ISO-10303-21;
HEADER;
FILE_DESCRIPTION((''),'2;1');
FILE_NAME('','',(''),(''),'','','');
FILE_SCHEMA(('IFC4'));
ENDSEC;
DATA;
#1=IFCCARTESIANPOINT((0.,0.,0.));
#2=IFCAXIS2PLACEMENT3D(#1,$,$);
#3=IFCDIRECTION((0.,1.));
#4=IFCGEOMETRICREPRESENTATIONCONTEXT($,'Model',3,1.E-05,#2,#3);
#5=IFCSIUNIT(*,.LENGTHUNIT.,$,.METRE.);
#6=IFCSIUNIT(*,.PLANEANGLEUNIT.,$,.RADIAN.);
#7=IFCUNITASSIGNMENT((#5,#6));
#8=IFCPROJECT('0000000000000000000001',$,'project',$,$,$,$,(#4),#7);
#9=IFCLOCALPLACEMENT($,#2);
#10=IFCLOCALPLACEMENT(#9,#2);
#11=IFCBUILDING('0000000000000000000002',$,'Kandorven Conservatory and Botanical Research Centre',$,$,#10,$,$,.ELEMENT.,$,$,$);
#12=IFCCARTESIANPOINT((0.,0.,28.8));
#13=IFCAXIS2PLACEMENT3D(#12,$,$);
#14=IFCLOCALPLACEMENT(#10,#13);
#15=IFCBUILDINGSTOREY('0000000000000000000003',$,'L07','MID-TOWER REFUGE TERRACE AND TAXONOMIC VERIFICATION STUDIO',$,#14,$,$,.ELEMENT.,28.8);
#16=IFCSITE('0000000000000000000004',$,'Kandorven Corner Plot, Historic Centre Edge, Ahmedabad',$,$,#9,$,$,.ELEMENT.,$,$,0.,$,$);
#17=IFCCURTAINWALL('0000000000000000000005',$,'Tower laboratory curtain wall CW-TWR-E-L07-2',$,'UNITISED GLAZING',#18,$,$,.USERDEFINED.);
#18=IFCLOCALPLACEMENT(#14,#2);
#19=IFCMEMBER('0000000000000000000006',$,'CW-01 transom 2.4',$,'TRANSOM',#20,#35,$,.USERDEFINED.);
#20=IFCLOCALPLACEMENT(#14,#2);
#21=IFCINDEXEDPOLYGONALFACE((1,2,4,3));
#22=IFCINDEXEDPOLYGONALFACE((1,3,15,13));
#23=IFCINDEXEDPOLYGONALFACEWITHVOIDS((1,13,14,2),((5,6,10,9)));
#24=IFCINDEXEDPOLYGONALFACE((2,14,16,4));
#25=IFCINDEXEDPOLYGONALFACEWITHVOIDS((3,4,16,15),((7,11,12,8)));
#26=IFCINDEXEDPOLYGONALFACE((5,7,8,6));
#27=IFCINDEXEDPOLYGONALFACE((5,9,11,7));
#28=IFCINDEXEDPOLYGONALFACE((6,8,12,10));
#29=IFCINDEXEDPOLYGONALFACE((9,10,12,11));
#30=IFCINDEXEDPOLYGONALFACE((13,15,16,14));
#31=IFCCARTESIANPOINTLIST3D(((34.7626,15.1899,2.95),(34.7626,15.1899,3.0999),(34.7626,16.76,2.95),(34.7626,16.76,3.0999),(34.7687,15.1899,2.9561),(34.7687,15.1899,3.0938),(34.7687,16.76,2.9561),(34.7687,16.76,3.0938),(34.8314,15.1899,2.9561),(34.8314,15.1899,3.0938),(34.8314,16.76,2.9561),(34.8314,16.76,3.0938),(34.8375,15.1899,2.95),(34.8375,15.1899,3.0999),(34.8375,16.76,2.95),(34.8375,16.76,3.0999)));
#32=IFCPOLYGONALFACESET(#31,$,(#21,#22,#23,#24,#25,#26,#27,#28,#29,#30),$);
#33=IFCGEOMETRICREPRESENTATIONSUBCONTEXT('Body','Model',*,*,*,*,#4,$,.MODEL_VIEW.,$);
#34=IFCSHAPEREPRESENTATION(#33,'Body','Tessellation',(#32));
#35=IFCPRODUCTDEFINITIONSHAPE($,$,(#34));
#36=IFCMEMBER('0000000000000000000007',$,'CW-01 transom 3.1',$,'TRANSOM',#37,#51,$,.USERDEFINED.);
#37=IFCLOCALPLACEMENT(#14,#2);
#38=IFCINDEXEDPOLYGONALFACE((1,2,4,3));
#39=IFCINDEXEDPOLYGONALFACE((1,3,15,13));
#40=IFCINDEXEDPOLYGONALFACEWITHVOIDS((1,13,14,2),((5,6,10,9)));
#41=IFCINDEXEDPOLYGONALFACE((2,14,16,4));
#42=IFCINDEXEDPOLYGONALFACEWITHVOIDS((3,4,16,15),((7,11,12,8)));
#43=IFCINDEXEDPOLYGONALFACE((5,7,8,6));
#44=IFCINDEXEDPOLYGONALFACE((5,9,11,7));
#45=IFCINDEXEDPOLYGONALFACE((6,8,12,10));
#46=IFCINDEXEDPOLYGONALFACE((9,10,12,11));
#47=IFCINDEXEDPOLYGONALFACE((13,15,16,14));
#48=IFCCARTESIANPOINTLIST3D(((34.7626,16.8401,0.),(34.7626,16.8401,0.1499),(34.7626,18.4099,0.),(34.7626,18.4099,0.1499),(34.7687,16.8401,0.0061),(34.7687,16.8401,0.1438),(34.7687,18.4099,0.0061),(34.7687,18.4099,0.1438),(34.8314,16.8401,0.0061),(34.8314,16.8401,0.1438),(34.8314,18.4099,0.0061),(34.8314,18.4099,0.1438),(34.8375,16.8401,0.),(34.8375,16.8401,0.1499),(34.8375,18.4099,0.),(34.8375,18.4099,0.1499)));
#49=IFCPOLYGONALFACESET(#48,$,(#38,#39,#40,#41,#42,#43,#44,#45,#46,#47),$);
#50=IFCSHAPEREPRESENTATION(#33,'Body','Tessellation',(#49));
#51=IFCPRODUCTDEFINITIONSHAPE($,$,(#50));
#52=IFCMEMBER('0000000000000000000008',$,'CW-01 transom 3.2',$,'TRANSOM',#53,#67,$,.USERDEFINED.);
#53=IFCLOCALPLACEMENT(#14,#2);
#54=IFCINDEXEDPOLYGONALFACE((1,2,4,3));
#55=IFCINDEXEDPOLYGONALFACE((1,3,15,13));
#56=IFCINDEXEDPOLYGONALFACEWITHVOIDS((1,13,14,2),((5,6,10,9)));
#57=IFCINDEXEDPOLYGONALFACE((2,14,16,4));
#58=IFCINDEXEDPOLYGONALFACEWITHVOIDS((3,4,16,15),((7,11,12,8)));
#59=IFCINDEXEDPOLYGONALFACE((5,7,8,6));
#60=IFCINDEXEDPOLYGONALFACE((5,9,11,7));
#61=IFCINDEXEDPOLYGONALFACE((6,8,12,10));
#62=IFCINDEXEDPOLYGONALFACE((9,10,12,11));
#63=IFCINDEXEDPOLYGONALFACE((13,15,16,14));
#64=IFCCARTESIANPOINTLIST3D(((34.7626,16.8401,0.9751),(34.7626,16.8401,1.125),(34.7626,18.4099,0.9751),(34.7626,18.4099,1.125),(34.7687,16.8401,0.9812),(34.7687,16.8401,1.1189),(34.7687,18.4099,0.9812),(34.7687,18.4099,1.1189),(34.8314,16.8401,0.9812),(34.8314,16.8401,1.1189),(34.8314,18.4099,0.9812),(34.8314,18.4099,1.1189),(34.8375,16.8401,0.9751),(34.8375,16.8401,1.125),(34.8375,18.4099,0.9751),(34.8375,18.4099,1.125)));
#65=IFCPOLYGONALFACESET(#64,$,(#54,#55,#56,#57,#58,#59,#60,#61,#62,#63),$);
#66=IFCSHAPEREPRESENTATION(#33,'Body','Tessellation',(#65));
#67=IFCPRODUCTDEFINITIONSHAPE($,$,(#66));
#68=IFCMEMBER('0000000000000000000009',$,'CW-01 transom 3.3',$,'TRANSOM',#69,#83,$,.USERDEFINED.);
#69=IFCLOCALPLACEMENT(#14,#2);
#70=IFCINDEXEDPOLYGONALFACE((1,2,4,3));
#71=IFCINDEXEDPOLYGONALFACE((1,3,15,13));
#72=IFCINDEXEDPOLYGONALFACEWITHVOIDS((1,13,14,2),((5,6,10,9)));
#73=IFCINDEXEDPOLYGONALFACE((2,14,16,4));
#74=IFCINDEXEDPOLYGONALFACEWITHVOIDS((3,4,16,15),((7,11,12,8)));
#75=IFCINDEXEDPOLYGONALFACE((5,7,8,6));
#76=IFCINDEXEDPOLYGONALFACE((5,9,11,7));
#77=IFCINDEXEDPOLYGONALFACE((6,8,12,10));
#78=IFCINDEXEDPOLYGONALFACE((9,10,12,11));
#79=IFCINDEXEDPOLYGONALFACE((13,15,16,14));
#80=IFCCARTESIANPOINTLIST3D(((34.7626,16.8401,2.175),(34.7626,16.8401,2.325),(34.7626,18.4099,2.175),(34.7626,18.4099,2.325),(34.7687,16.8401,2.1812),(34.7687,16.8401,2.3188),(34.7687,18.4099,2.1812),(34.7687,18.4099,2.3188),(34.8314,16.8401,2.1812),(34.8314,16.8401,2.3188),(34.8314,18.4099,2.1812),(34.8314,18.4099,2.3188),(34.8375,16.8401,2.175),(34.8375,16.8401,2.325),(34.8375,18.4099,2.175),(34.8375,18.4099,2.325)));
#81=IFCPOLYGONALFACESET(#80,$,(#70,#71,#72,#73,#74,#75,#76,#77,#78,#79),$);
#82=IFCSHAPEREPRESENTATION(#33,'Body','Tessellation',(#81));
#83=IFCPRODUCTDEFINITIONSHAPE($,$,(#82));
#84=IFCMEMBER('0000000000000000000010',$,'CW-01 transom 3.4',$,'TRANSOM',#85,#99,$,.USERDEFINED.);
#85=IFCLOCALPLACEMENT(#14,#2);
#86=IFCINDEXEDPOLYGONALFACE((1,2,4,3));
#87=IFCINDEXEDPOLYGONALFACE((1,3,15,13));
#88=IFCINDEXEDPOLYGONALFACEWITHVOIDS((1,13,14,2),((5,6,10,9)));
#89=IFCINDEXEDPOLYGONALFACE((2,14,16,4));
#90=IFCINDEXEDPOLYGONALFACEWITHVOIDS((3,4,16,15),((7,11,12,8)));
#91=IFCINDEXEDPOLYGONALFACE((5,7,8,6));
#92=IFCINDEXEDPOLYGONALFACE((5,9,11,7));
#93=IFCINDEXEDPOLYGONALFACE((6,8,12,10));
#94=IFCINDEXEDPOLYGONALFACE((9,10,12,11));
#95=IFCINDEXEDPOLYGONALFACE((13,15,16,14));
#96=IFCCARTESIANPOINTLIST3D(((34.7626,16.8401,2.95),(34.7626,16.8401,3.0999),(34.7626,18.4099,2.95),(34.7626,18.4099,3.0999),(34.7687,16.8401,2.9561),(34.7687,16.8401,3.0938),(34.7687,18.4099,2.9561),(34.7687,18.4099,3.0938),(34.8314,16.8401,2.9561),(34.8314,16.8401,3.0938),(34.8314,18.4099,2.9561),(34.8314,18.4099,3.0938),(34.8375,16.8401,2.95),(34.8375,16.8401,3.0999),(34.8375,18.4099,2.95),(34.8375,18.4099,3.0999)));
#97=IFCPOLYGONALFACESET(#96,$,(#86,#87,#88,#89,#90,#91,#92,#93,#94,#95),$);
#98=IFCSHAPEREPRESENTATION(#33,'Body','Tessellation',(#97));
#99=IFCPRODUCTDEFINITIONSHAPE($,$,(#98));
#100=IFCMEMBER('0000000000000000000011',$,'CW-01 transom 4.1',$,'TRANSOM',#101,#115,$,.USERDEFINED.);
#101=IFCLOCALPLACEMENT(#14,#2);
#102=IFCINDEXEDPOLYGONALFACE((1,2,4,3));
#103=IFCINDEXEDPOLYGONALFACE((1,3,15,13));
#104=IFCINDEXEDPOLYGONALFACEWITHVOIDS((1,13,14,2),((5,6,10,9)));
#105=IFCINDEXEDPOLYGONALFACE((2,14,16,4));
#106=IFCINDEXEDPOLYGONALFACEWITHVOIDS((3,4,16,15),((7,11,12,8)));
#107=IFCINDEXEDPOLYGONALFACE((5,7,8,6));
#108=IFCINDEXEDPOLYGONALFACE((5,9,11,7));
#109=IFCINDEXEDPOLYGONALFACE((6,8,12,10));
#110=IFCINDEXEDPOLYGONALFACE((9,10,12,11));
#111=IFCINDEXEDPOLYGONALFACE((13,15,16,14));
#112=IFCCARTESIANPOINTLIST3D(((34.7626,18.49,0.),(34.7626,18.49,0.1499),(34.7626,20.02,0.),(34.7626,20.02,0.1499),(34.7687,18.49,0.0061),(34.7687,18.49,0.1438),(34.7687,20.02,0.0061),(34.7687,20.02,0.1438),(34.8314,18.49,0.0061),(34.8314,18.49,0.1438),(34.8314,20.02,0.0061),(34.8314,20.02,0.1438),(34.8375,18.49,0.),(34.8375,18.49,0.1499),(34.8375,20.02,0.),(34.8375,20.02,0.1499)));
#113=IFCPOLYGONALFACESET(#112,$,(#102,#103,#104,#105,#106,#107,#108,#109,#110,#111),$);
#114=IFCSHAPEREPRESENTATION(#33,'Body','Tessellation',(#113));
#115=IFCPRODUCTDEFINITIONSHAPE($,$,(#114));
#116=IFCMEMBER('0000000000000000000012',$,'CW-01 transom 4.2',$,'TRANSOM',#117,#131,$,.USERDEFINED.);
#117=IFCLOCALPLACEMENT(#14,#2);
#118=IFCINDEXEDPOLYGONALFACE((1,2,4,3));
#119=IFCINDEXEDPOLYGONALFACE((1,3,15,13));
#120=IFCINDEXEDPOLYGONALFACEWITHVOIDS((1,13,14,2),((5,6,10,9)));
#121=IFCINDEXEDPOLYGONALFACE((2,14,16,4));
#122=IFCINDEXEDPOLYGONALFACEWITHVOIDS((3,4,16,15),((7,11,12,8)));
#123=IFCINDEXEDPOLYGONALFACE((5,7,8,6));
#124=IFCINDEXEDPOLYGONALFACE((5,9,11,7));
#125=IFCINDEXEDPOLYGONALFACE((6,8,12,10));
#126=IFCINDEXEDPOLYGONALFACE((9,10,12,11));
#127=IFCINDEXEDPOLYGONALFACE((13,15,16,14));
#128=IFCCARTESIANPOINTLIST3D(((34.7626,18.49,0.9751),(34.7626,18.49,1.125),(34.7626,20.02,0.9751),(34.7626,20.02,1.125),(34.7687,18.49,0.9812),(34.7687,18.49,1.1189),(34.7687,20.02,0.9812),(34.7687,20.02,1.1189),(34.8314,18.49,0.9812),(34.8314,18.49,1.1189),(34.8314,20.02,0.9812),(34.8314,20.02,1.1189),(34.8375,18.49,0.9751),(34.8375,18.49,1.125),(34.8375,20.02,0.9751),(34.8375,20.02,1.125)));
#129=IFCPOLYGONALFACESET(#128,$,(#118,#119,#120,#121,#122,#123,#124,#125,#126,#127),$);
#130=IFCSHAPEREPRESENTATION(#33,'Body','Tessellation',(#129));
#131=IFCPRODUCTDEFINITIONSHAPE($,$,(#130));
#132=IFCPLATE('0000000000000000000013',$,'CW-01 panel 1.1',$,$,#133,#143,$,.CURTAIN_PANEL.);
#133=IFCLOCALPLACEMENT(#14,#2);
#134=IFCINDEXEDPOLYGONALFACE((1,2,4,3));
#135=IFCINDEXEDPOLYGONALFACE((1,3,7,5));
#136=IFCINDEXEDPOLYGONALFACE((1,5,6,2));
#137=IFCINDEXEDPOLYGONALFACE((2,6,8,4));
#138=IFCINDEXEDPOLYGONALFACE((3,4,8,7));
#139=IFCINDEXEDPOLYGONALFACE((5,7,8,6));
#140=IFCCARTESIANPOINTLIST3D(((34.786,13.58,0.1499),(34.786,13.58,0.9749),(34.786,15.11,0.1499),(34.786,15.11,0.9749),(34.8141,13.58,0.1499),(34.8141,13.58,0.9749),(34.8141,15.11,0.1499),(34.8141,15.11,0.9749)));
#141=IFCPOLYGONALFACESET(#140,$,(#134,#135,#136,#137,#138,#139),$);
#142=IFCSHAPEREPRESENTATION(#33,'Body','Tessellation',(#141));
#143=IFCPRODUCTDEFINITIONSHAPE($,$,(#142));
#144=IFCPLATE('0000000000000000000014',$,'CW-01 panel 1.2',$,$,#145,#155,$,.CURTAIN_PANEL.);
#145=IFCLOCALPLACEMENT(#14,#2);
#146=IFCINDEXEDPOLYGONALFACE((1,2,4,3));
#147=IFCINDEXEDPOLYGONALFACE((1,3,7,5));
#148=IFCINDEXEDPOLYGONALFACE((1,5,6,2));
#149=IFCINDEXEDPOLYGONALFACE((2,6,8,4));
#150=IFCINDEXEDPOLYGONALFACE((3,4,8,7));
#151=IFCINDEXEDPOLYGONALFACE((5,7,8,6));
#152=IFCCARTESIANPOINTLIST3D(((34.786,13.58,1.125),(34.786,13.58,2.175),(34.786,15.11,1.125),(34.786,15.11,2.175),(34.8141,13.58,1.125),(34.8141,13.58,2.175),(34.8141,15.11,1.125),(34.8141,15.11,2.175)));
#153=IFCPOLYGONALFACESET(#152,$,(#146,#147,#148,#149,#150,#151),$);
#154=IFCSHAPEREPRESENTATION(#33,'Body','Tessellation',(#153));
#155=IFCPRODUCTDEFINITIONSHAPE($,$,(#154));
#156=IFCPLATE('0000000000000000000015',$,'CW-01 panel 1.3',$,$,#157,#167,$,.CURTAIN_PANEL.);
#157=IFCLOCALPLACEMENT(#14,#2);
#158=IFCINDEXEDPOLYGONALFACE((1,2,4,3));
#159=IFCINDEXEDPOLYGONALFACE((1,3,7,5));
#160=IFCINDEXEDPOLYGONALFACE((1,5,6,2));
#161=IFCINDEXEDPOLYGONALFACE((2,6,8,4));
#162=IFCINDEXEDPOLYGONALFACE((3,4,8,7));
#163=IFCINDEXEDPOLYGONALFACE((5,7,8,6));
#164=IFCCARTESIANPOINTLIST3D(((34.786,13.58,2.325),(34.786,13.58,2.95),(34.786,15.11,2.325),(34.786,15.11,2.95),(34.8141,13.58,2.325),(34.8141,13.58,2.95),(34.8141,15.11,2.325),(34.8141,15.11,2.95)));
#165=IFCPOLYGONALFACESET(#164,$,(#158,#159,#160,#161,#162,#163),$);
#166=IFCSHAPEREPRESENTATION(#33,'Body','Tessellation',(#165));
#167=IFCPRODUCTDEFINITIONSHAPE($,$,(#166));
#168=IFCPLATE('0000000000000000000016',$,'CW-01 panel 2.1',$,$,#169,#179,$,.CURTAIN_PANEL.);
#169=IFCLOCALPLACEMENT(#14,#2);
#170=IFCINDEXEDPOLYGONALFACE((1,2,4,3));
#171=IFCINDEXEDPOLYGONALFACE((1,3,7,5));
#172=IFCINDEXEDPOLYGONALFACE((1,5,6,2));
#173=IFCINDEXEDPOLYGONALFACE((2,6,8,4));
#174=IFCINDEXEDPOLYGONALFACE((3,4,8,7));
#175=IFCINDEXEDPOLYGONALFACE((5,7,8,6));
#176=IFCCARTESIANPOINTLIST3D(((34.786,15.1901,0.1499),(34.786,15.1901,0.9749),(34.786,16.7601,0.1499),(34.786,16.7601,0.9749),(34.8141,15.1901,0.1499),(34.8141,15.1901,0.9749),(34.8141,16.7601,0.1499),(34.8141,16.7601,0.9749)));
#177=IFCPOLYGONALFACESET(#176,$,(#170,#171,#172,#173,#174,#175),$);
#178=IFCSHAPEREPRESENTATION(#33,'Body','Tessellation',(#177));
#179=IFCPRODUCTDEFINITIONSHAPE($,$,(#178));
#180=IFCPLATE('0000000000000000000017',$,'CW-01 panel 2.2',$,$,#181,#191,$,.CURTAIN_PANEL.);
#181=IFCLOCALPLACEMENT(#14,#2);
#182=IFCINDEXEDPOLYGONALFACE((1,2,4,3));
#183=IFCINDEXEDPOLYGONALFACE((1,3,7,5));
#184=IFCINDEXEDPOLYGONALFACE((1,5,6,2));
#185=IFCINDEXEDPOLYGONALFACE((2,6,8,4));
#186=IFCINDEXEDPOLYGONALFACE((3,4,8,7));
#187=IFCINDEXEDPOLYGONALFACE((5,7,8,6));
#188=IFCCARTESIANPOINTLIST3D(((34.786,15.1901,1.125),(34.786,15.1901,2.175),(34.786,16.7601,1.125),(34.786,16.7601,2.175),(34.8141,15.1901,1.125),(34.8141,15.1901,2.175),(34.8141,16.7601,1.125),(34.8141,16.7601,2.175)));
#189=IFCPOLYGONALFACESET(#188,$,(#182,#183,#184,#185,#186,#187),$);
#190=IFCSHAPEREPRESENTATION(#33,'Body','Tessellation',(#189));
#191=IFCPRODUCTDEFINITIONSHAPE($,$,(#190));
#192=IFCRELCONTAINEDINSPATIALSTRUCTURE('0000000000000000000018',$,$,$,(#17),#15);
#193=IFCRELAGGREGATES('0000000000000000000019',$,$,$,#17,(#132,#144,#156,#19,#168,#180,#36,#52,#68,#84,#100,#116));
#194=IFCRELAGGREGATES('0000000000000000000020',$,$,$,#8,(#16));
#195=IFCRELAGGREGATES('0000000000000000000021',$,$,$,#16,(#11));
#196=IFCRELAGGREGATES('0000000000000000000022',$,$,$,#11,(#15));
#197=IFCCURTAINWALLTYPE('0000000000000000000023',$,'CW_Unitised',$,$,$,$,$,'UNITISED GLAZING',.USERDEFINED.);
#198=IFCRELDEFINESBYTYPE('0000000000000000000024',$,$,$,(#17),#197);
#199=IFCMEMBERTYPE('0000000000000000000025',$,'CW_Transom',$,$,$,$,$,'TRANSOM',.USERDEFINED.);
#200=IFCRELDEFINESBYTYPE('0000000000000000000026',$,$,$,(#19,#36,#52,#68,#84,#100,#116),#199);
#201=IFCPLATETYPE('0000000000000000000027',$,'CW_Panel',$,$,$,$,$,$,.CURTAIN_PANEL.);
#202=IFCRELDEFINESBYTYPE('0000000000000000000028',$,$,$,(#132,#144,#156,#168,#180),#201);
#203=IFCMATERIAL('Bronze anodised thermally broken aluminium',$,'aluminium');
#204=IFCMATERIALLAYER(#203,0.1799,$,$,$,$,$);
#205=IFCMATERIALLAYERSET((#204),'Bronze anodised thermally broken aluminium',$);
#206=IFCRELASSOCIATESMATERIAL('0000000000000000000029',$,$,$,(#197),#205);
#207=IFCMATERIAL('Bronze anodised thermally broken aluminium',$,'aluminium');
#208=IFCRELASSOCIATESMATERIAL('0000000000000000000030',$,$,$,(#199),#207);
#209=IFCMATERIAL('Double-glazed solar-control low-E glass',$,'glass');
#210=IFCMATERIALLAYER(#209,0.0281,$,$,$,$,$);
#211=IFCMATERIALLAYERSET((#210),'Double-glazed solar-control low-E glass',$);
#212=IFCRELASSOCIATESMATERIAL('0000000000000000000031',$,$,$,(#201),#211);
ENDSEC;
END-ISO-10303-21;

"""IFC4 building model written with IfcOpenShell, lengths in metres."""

from ifc_helpers import new_model, si_unit, direction, frame, origin, origin_2d, place, context, subcontext, project, spatial, rectangle, hollow_rectangle, extrude, material, layer, layer_set, material_profile, profile_set, type_object, element, aggregate, save


model = new_model("IFC4")

# Units and contexts
model_context = context("Model", 3, precision=1e-05, world=origin(), true_north=direction((0.0, 1.0)))
body_context = subcontext(model_context, "Body", "Model", "MODEL_VIEW")
ifc_project = project(units=[si_unit("LENGTHUNIT", "METRE"), si_unit("PLANEANGLEUNIT", "RADIAN")], contexts=[model_context])

# Site, building, storey
site_placement = place(None, origin())
site = spatial("IfcSite", under=ifc_project, at=site_placement, Name="Kandorven Corner Plot, Historic Centre Edge, Ahmedabad", CompositionType="ELEMENT", RefElevation=0.0)
building_placement = place(site_placement, origin())
building = spatial("IfcBuilding", under=site, at=building_placement, Name="Kandorven Conservatory and Botanical Research Centre", CompositionType="ELEMENT")
storey_placement = place(building_placement, frame((0.0, 0.0, 28.8)))
storey = spatial("IfcBuildingStorey", under=building, at=storey_placement, Name="L07", Description="MID-TOWER REFUGE TERRACE AND TAXONOMIC VERIFICATION STUDIO", CompositionType="ELEMENT", Elevation=28.8)

# Curtain wall, members, plates
ifc_material_1 = material(Name="Bronze anodised thermally broken aluminium", Category="aluminium")
ifc_layer_1 = layer(ifc_material_1, 0.1799)
ifc_layer_set_1 = layer_set([ifc_layer_1], Name="Bronze anodised thermally broken aluminium")
curtain_wall_type = type_object("IfcCurtainWallType", Name="CW_Unitised", ElementType="UNITISED GLAZING", PredefinedType="USERDEFINED", material=ifc_layer_set_1)
curtain_wall_placement = place(storey_placement, origin())
curtain_wall = element("IfcCurtainWall", 1, at=curtain_wall_placement, inside=storey, type_object=curtain_wall_type, Name="Tower laboratory curtain wall CW-TWR-E-L07-2", ObjectType="UNITISED GLAZING", PredefinedType="USERDEFINED")
ifc_material_2 = material(Name="Bronze anodised thermally broken aluminium", Category="aluminium")
ifc_material_profile_1 = material_profile(ifc_material_2, hollow_rectangle(XDim=0.075, YDim=0.1499, WallThickness=0.0061, at=origin_2d()))
ifc_profile_set_1 = profile_set([ifc_material_profile_1], Name="Bronze anodised thermally broken aluminium")
member_type_1 = type_object("IfcMemberType", Name="CW_Transom", ElementType="TRANSOM", PredefinedType="USERDEFINED", material=ifc_profile_set_1)
member_1_placement = place(storey_placement, frame((34.8, 15.1899, 3.0249), z_axis=(0.0, 1.0, 0.0), x_axis=(-1.0, 0.0, 0.0)))
member_1 = element("IfcMember", 2, at=member_1_placement, type_object=member_type_1, Name="CW-01 transom 2.4", ObjectType="TRANSOM", PredefinedType="USERDEFINED", context=body_context, shape_type="SweptSolid", body=[
    extrude(hollow_rectangle(XDim=0.075, YDim=0.1499, WallThickness=0.0061, at=origin_2d()), origin(), (0.0, 0.0, 1.0), 1.5701),
])
member_2_placement = place(storey_placement, frame((34.8, 16.8401, 0.075), z_axis=(0.0, 1.0, 0.0), x_axis=(-1.0, 0.0, 0.0)))
member_2 = element("IfcMember", 3, at=member_2_placement, type_object=member_type_1, Name="CW-01 transom 3.1", ObjectType="TRANSOM", PredefinedType="USERDEFINED", context=body_context, shape_type="SweptSolid", body=[
    extrude(hollow_rectangle(XDim=0.075, YDim=0.1499, WallThickness=0.0061, at=origin_2d()), origin(), (0.0, 0.0, 1.0), 1.5698),
])
member_3_placement = place(storey_placement, frame((34.8, 16.8401, 1.05), z_axis=(0.0, 1.0, 0.0), x_axis=(-1.0, 0.0, 0.0)))
member_3 = element("IfcMember", 4, at=member_3_placement, type_object=member_type_1, Name="CW-01 transom 3.2", ObjectType="TRANSOM", PredefinedType="USERDEFINED", context=body_context, shape_type="SweptSolid", body=[
    extrude(hollow_rectangle(XDim=0.075, YDim=0.1499, WallThickness=0.0061, at=origin_2d()), origin(), (0.0, 0.0, 1.0), 1.5698),
])
member_4_placement = place(storey_placement, frame((34.8, 16.8401, 2.25), z_axis=(0.0, 1.0, 0.0), x_axis=(-1.0, 0.0, 0.0)))
member_4 = element("IfcMember", 5, at=member_4_placement, type_object=member_type_1, Name="CW-01 transom 3.3", ObjectType="TRANSOM", PredefinedType="USERDEFINED", context=body_context, shape_type="SweptSolid", body=[
    extrude(hollow_rectangle(XDim=0.075, YDim=0.1499, WallThickness=0.0061, at=origin_2d()), origin(), (0.0, 0.0, 1.0), 1.5698),
])
member_5_placement = place(storey_placement, frame((34.8, 16.8401, 3.0249), z_axis=(0.0, 1.0, 0.0), x_axis=(-1.0, 0.0, 0.0)))
member_5 = element("IfcMember", 6, at=member_5_placement, type_object=member_type_1, Name="CW-01 transom 3.4", ObjectType="TRANSOM", PredefinedType="USERDEFINED", context=body_context, shape_type="SweptSolid", body=[
    extrude(hollow_rectangle(XDim=0.075, YDim=0.1499, WallThickness=0.0061, at=origin_2d()), origin(), (0.0, 0.0, 1.0), 1.5698),
])
member_6_placement = place(storey_placement, frame((34.8, 18.49, 0.075), z_axis=(0.0, 1.0, 0.0), x_axis=(-1.0, 0.0, 0.0)))
member_6 = element("IfcMember", 7, at=member_6_placement, type_object=member_type_1, Name="CW-01 transom 4.1", ObjectType="TRANSOM", PredefinedType="USERDEFINED", context=body_context, shape_type="SweptSolid", body=[
    extrude(hollow_rectangle(XDim=0.075, YDim=0.1499, WallThickness=0.0061, at=origin_2d()), origin(), (0.0, 0.0, 1.0), 1.53),
])
member_7_placement = place(storey_placement, frame((34.8, 18.49, 1.05), z_axis=(0.0, 1.0, 0.0), x_axis=(-1.0, 0.0, 0.0)))
member_7 = element("IfcMember", 8, at=member_7_placement, type_object=member_type_1, Name="CW-01 transom 4.2", ObjectType="TRANSOM", PredefinedType="USERDEFINED", context=body_context, shape_type="SweptSolid", body=[
    extrude(hollow_rectangle(XDim=0.075, YDim=0.1499, WallThickness=0.0061, at=origin_2d()), origin(), (0.0, 0.0, 1.0), 1.53),
])
ifc_material_3 = material(Name="Double-glazed solar-control low-E glass", Category="glass")
ifc_layer_2 = layer(ifc_material_3, 0.0281)
ifc_layer_set_2 = layer_set([ifc_layer_2], Name="Double-glazed solar-control low-E glass")
plate_type_1 = type_object("IfcPlateType", Name="CW_Panel", PredefinedType="CURTAIN_PANEL", material=ifc_layer_set_2)
plate_1_placement = place(storey_placement, frame((34.8, 14.345, 0.1499), z_axis=(0.0, 0.0, 1.0), x_axis=(0.0, 1.0, 0.0)))
plate_1 = element("IfcPlate", 9, at=plate_1_placement, type_object=plate_type_1, Name="CW-01 panel 1.1", PredefinedType="CURTAIN_PANEL", context=body_context, shape_type="SweptSolid", body=[
    extrude(rectangle(XDim=1.53, YDim=0.0281, at=origin_2d()), origin(), (0.0, 0.0, 1.0), 0.825),
])
plate_2_placement = place(storey_placement, frame((34.8, 14.345, 1.125), z_axis=(0.0, 0.0, 1.0), x_axis=(0.0, 1.0, 0.0)))
plate_2 = element("IfcPlate", 10, at=plate_2_placement, type_object=plate_type_1, Name="CW-01 panel 1.2", PredefinedType="CURTAIN_PANEL", context=body_context, shape_type="SweptSolid", body=[
    extrude(rectangle(XDim=1.53, YDim=0.0281, at=origin_2d()), origin(), (0.0, 0.0, 1.0), 1.05),
])
plate_3_placement = place(storey_placement, frame((34.8, 14.345, 2.325), z_axis=(0.0, 0.0, 1.0), x_axis=(0.0, 1.0, 0.0)))
plate_3 = element("IfcPlate", 11, at=plate_3_placement, type_object=plate_type_1, Name="CW-01 panel 1.3", PredefinedType="CURTAIN_PANEL", context=body_context, shape_type="SweptSolid", body=[
    extrude(rectangle(XDim=1.53, YDim=0.0281, at=origin_2d()), origin(), (0.0, 0.0, 1.0), 0.625),
])
plate_4_placement = place(storey_placement, frame((34.8, 15.9751, 0.1499), z_axis=(0.0, 0.0, 1.0), x_axis=(0.0, 1.0, 0.0)))
plate_4 = element("IfcPlate", 12, at=plate_4_placement, type_object=plate_type_1, Name="CW-01 panel 2.1", PredefinedType="CURTAIN_PANEL", context=body_context, shape_type="SweptSolid", body=[
    extrude(rectangle(XDim=1.5701, YDim=0.0281, at=origin_2d()), origin(), (0.0, 0.0, 1.0), 0.825),
])
plate_5_placement = place(storey_placement, frame((34.8, 15.9751, 1.125), z_axis=(0.0, 0.0, 1.0), x_axis=(0.0, 1.0, 0.0)))
plate_5 = element("IfcPlate", 13, at=plate_5_placement, type_object=plate_type_1, Name="CW-01 panel 2.2", PredefinedType="CURTAIN_PANEL", context=body_context, shape_type="SweptSolid", body=[
    extrude(rectangle(XDim=1.5701, YDim=0.0281, at=origin_2d()), origin(), (0.0, 0.0, 1.0), 1.05),
])
aggregate(curtain_wall, [plate_1, plate_2, plate_3, member_1, plate_4, plate_5, member_2, member_3, member_4, member_5, member_6, member_7])

save(model, "model.ifc")
